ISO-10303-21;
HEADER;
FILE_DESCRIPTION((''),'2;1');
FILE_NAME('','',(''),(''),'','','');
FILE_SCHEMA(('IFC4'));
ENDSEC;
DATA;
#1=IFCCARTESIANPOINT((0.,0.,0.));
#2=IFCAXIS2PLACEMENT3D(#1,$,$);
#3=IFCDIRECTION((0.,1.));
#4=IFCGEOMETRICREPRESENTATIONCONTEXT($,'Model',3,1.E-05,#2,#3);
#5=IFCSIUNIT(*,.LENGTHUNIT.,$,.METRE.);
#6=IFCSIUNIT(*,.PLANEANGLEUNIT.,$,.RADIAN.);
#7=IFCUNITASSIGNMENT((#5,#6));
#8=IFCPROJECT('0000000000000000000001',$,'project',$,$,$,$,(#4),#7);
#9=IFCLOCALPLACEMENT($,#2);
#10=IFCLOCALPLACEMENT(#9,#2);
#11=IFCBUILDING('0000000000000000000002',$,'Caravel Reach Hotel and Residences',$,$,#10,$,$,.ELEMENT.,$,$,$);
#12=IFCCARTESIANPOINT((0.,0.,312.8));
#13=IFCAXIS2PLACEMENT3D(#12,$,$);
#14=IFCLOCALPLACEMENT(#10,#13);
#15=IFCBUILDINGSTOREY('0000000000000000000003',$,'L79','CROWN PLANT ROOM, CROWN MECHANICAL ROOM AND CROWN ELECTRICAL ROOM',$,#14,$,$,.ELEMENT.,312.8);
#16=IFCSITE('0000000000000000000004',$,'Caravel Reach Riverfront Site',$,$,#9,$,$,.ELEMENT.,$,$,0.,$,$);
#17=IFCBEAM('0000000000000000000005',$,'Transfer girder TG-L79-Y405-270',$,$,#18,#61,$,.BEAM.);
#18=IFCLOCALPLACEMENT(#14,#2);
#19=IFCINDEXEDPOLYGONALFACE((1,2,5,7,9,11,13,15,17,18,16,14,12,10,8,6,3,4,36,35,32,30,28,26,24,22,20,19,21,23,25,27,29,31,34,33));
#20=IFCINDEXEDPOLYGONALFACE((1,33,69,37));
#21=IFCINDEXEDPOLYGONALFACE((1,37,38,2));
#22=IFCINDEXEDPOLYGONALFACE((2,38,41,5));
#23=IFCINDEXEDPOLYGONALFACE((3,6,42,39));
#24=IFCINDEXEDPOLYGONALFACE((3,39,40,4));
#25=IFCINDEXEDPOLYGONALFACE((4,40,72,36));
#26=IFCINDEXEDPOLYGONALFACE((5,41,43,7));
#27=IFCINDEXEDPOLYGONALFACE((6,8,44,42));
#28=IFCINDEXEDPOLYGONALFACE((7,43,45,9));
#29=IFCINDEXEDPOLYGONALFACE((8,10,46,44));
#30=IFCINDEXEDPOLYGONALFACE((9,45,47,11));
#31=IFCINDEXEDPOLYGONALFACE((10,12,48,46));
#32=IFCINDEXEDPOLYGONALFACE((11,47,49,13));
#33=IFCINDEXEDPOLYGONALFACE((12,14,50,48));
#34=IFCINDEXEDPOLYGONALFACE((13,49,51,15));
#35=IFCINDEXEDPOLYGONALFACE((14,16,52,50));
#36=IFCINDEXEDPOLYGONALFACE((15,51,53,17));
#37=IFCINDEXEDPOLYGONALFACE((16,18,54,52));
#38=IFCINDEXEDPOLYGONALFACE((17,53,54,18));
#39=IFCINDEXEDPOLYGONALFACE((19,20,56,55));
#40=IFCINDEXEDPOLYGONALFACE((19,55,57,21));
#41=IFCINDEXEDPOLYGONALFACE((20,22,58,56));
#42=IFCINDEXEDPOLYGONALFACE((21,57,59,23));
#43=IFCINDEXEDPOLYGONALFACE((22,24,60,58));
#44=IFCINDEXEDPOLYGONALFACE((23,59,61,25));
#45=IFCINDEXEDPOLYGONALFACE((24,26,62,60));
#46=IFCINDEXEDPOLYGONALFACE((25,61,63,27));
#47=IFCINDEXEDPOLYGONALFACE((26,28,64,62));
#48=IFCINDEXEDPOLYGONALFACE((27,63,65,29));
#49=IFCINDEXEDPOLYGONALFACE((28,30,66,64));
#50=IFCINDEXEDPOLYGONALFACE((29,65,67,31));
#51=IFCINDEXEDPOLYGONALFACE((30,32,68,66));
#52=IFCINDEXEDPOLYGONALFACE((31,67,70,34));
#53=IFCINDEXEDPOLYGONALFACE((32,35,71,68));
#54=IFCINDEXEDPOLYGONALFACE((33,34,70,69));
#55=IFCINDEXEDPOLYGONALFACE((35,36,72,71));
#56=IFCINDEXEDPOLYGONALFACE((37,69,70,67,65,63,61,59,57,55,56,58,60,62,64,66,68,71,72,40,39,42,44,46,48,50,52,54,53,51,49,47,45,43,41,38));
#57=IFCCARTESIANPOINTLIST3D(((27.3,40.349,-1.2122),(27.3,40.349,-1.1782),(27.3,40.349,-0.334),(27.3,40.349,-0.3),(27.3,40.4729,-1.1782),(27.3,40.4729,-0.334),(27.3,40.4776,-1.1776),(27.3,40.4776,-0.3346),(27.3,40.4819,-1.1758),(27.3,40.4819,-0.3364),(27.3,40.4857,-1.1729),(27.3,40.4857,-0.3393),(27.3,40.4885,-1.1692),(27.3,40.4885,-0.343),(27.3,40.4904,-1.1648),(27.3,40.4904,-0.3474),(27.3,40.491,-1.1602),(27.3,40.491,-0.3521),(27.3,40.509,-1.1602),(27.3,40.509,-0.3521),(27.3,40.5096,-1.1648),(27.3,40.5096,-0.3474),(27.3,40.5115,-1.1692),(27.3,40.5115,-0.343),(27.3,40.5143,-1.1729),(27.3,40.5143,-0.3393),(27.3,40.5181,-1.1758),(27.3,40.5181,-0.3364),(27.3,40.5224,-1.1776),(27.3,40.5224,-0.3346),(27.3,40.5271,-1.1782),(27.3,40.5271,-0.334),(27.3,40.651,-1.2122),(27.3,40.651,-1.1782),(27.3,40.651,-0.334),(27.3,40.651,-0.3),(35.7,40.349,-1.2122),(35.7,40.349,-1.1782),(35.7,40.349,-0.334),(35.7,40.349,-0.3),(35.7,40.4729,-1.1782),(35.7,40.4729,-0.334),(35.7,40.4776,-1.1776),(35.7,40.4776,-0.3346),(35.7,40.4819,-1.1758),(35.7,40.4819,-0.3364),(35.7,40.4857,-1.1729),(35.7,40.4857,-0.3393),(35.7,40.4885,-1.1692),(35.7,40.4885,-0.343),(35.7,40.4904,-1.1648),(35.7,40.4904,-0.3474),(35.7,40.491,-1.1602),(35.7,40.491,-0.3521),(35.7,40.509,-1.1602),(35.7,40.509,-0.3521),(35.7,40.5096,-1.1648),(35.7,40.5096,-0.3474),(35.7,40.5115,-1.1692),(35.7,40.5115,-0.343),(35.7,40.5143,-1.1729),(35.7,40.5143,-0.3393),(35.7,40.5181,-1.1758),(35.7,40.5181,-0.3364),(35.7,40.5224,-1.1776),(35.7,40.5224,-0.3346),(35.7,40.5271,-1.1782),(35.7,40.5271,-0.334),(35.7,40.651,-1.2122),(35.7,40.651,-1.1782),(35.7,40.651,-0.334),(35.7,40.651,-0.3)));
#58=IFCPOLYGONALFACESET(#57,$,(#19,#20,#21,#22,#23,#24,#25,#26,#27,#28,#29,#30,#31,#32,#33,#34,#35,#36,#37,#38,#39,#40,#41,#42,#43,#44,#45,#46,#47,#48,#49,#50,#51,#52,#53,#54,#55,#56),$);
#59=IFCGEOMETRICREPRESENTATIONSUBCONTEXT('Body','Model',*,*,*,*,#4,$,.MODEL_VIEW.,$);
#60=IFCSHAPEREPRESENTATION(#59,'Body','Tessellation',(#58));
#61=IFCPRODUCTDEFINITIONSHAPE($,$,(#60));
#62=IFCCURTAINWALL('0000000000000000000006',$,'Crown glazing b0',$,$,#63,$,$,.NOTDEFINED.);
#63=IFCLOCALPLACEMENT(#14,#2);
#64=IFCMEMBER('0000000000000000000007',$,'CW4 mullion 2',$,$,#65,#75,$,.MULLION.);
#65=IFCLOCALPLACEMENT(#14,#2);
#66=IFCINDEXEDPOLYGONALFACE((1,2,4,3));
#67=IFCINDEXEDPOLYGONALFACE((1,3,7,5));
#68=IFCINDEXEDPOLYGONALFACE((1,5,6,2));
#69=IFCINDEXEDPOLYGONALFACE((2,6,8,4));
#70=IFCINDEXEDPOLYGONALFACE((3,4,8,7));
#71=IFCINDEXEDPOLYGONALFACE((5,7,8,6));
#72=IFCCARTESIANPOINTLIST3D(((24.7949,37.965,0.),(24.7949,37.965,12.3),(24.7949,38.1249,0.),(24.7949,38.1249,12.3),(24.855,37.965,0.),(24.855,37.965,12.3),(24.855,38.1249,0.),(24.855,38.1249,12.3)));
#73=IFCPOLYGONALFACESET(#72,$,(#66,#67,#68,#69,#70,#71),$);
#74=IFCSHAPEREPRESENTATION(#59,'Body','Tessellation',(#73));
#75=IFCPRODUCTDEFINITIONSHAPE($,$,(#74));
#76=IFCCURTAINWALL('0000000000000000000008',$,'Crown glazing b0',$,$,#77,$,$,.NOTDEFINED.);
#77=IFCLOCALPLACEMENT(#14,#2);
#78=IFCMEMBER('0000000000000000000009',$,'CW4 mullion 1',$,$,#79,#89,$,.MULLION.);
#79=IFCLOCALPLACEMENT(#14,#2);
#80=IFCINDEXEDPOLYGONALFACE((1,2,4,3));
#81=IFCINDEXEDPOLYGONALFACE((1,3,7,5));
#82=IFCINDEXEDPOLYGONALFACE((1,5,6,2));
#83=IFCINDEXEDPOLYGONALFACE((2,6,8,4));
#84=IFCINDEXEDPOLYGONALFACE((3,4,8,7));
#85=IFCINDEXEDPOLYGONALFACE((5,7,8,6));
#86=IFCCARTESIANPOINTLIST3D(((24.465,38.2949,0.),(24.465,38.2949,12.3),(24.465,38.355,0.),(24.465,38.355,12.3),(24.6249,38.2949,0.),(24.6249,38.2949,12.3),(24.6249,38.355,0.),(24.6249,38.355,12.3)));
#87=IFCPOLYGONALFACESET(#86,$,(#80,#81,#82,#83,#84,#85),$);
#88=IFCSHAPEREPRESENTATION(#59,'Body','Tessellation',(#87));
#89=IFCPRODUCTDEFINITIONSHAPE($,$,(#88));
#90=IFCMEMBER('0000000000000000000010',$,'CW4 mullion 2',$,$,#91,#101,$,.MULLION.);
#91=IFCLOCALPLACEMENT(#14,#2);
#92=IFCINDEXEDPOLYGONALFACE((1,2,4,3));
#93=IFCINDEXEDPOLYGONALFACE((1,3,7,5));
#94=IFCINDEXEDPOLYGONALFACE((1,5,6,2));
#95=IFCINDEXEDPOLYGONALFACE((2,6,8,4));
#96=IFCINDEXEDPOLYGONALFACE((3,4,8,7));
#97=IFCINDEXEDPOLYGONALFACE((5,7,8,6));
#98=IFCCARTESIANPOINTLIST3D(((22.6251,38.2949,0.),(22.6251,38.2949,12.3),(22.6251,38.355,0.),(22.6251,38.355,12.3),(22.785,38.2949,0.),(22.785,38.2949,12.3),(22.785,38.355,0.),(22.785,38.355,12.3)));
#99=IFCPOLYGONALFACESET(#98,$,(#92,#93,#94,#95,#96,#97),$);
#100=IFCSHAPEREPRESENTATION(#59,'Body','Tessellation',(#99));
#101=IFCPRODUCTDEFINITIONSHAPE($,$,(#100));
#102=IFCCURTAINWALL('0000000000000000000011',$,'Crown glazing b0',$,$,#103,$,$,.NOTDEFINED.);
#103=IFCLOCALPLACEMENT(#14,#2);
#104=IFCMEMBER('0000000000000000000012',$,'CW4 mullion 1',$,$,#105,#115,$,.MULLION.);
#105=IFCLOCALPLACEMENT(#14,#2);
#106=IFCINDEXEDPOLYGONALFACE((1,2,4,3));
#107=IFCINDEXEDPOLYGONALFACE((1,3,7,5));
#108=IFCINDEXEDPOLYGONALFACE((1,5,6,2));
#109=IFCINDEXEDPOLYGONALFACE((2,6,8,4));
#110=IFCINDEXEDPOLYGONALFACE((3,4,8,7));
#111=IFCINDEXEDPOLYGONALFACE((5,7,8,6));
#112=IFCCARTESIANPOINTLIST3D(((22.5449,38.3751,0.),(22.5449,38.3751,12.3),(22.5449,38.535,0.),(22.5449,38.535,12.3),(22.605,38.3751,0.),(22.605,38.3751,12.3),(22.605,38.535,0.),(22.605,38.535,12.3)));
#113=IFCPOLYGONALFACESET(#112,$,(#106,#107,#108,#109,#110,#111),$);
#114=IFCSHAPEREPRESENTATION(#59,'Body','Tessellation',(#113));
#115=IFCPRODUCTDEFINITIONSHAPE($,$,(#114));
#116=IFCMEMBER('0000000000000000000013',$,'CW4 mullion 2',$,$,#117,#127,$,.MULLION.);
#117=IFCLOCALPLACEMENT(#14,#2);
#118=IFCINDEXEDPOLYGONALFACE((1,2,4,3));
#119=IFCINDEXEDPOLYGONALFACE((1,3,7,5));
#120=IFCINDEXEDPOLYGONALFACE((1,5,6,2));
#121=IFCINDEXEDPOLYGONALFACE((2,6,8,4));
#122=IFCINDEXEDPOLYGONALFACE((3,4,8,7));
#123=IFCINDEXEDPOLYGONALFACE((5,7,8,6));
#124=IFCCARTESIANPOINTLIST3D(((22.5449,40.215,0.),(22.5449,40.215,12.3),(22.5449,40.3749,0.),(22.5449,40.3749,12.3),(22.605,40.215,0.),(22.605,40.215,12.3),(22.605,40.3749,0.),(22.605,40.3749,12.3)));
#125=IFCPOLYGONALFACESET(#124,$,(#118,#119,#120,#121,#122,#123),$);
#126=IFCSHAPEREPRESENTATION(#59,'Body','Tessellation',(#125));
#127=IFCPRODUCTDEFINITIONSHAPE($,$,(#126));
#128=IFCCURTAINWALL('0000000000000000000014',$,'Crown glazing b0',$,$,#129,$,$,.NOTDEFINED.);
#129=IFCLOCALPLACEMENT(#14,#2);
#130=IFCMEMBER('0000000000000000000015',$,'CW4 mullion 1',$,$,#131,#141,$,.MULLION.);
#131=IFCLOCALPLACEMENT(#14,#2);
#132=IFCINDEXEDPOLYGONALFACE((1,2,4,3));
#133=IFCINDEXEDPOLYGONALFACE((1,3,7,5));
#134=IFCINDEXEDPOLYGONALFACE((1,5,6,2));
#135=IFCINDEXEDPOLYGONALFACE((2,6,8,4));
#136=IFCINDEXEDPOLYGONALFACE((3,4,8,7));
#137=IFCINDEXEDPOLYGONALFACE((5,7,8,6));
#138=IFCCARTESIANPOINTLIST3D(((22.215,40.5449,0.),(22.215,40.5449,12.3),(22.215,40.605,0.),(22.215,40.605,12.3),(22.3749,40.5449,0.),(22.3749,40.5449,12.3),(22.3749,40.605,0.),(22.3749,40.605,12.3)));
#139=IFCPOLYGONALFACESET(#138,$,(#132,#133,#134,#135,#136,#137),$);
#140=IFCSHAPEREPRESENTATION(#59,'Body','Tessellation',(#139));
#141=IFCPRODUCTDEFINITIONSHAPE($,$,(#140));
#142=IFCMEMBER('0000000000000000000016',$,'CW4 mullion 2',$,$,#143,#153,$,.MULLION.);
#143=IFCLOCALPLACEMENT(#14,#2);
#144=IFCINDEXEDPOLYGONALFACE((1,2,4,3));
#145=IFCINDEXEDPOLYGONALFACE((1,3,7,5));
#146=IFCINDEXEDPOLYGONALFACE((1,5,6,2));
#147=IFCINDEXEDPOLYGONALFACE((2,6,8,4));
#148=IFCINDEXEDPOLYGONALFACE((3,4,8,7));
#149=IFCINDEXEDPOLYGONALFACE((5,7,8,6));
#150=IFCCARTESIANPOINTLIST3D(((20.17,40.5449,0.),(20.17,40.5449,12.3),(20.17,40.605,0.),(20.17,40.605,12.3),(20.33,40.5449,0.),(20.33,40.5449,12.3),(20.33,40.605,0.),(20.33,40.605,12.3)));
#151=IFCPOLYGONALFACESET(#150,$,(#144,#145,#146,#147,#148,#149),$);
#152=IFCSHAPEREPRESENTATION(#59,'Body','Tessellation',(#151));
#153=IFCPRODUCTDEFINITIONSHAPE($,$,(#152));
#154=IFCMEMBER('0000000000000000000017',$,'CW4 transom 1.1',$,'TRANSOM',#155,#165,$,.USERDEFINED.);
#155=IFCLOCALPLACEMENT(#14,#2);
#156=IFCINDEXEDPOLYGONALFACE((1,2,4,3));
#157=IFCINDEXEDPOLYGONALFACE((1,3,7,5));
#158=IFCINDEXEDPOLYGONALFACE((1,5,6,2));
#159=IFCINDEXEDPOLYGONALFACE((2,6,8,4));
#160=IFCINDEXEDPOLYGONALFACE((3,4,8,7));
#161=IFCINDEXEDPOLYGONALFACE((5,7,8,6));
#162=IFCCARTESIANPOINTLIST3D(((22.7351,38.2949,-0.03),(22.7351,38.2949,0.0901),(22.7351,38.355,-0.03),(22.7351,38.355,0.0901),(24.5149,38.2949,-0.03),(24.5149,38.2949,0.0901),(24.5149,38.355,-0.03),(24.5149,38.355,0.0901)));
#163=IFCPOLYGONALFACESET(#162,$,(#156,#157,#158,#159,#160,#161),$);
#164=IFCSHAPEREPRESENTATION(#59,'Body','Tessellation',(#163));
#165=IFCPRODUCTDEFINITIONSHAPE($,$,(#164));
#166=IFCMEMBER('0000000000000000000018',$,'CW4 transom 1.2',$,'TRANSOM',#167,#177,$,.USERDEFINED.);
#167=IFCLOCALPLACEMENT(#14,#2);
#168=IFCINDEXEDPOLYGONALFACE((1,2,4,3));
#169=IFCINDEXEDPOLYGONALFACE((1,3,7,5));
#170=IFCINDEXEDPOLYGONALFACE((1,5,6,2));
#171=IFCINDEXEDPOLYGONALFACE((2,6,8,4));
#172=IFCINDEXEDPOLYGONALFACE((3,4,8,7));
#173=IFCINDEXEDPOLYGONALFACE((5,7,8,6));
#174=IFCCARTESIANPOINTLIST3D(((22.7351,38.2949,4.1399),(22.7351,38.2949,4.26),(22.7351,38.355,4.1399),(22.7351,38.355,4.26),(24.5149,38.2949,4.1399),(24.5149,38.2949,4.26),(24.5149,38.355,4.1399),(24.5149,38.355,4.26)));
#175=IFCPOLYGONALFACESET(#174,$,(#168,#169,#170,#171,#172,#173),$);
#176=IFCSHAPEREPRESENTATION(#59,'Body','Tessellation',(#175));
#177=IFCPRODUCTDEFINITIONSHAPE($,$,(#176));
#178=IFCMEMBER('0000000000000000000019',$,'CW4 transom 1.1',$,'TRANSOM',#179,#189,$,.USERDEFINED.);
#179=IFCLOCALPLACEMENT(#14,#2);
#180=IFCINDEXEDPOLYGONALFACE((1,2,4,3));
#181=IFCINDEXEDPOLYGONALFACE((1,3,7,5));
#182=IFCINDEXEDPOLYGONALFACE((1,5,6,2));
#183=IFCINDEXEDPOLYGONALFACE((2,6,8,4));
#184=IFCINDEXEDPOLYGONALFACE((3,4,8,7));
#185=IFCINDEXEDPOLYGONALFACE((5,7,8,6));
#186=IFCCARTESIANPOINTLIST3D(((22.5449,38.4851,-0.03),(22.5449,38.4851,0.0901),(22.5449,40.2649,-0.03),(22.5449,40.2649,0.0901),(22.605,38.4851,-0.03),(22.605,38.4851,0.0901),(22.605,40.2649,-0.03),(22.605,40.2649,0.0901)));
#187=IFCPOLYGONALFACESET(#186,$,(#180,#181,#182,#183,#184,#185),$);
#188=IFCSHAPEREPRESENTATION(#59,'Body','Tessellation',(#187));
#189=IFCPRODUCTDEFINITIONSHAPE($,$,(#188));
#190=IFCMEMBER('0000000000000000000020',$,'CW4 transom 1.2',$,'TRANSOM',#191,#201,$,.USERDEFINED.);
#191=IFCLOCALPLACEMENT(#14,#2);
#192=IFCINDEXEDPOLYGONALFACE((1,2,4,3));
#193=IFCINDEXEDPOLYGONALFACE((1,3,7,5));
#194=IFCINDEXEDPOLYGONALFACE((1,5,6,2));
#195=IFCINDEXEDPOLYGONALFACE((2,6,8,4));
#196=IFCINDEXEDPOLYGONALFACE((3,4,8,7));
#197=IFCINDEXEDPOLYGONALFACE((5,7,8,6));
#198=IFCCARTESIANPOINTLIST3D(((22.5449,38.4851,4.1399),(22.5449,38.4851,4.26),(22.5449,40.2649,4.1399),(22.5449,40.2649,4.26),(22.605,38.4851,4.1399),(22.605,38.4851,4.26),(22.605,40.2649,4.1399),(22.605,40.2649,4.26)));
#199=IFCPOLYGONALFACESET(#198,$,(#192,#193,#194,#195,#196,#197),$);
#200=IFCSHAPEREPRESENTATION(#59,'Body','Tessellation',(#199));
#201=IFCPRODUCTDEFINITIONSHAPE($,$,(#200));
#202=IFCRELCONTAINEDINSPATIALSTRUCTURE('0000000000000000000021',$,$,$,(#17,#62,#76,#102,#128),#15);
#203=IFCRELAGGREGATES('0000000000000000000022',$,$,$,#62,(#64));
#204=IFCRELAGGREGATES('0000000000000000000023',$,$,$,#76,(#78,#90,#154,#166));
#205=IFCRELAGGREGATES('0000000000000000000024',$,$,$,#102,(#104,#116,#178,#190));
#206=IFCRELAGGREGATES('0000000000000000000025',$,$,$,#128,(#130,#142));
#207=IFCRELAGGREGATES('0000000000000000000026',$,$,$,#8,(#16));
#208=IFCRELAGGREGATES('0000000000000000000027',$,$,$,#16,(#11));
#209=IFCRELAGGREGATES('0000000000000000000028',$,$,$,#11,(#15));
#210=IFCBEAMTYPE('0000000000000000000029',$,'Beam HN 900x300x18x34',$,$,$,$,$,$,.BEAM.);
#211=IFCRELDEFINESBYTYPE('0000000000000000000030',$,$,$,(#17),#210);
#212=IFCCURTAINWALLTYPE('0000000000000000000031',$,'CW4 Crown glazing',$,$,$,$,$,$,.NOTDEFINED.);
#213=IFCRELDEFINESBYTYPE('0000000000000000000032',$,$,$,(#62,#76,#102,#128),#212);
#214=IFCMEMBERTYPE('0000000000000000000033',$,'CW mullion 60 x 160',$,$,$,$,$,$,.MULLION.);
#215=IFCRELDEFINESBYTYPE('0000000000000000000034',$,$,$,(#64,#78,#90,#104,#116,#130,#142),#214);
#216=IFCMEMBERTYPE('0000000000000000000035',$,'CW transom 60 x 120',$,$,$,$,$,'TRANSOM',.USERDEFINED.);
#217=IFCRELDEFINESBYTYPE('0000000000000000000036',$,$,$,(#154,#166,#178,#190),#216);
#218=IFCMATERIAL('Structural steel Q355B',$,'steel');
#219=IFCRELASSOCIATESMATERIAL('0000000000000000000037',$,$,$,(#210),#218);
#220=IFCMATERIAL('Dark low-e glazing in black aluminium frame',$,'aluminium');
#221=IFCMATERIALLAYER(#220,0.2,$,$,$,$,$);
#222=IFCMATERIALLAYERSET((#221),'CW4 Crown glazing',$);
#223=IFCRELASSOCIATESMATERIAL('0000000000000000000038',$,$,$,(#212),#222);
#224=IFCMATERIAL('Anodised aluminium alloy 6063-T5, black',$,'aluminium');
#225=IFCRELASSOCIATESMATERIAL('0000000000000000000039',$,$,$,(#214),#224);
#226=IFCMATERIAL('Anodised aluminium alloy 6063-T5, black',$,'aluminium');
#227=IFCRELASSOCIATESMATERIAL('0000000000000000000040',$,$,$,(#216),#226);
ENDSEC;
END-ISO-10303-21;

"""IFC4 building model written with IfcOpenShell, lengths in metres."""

from ifc_helpers import new_model, si_unit, direction, frame, origin, origin_2d, place, context, subcontext, project, spatial, rectangle, i_section, extrude, material, layer, layer_set, material_profile, profile_set, type_object, element, aggregate, save


model = new_model("IFC4")

# Units and contexts
model_context = context("Model", 3, precision=1e-05, world=origin(), true_north=direction((0.0, 1.0)))
body_context = subcontext(model_context, "Body", "Model", "MODEL_VIEW")
ifc_project = project(units=[si_unit("LENGTHUNIT", "METRE"), si_unit("PLANEANGLEUNIT", "RADIAN")], contexts=[model_context])

# Site, building, storey
site_placement = place(None, origin())
site = spatial("IfcSite", under=ifc_project, at=site_placement, Name="Caravel Reach Riverfront Site", CompositionType="ELEMENT", RefElevation=0.0)
building_placement = place(site_placement, origin())
building = spatial("IfcBuilding", under=site, at=building_placement, Name="Caravel Reach Hotel and Residences", CompositionType="ELEMENT")
storey_placement = place(building_placement, frame((0.0, 0.0, 312.8)))
storey = spatial("IfcBuildingStorey", under=building, at=storey_placement, Name="L79", Description="CROWN PLANT ROOM, CROWN MECHANICAL ROOM AND CROWN ELECTRICAL ROOM", CompositionType="ELEMENT", Elevation=312.8)

# Beam
ifc_material_1 = material(Name="Structural steel Q355B", Category="steel")
ifc_material_profile_1 = material_profile(ifc_material_1, i_section(OverallWidth=0.302, OverallDepth=0.9121, WebThickness=0.0181, FlangeThickness=0.0339, FilletRadius=0.0181, at=origin_2d()), Name="HN 900x300x18x34")
ifc_profile_set_1 = profile_set([ifc_material_profile_1], Name="Structural steel Q355B")
beam_type = type_object("IfcBeamType", Name="Beam HN 900x300x18x34", PredefinedType="BEAM", material=ifc_profile_set_1)
beam_1_placement = place(storey_placement, frame((27.3, 40.5, -0.7561), z_axis=(1.0, 0.0, 0.0), x_axis=(0.0, 1.0, 0.0)))
element("IfcBeam", 1, at=beam_1_placement, inside=storey, type_object=beam_type, Name="Transfer girder TG-L79-Y405-270", PredefinedType="BEAM", context=body_context, shape_type="SweptSolid", body=[
    extrude(i_section(OverallWidth=0.302, OverallDepth=0.9121, WebThickness=0.0181, FlangeThickness=0.0339, FilletRadius=0.0181, at=origin_2d()), origin(), (0.0, 0.0, 1.0), 8.3999),
])

# Curtain wall, member
ifc_material_2 = material(Name="Dark low-e glazing in black aluminium frame", Category="aluminium")
ifc_layer_1 = layer(ifc_material_2, 0.2)
ifc_layer_set_1 = layer_set([ifc_layer_1], Name="CW4 Crown glazing")
curtain_wall_type = type_object("IfcCurtainWallType", Name="CW4 Crown glazing", PredefinedType="NOTDEFINED", material=ifc_layer_set_1)
curtain_wall_1_placement = place(storey_placement, origin())
curtain_wall_1 = element("IfcCurtainWall", 2, at=curtain_wall_1_placement, inside=storey, type_object=curtain_wall_type, Name="Crown glazing b0", PredefinedType="NOTDEFINED")
ifc_material_3 = material(Name="Anodised aluminium alloy 6063-T5, black", Category="aluminium")
ifc_material_profile_2 = material_profile(ifc_material_3, rectangle(XDim=0.0601, YDim=0.1599, at=origin_2d()), Name="CW mullion 60 x 160")
ifc_profile_set_2 = profile_set([ifc_material_profile_2], Name="Anodised aluminium alloy 6063-T5, black")
member_type_1 = type_object("IfcMemberType", Name="CW mullion 60 x 160", PredefinedType="MULLION", material=ifc_profile_set_2)
member_1_placement = place(storey_placement, frame((24.825, 38.0449, 0.0), z_axis=(0.0, 0.0, 1.0), x_axis=(-1.0, 0.0, 0.0)))
member_1 = element("IfcMember", 3, at=member_1_placement, type_object=member_type_1, Name="CW4 mullion 2", PredefinedType="MULLION", context=body_context, shape_type="SweptSolid", body=[
    extrude(rectangle(XDim=0.0601, YDim=0.1599, at=origin_2d()), origin(), (0.0, 0.0, 1.0), 12.3),
])
aggregate(curtain_wall_1, [member_1])

# Curtain walls, members
curtain_wall_2_placement = place(storey_placement, origin())
curtain_wall_2 = element("IfcCurtainWall", 4, at=curtain_wall_2_placement, inside=storey, type_object=curtain_wall_type, Name="Crown glazing b0", PredefinedType="NOTDEFINED")
member_2_placement = place(storey_placement, frame((24.5449, 38.325, 0.0), z_axis=(0.0, 0.0, 1.0), x_axis=(0.0, -1.0, 0.0)))
member_2 = element("IfcMember", 5, at=member_2_placement, type_object=member_type_1, Name="CW4 mullion 1", PredefinedType="MULLION", context=body_context, shape_type="SweptSolid", body=[
    extrude(rectangle(XDim=0.0601, YDim=0.1599, at=origin_2d()), origin(), (0.0, 0.0, 1.0), 12.3),
])
member_3_placement = place(storey_placement, frame((22.7051, 38.325, 0.0), z_axis=(0.0, 0.0, 1.0), x_axis=(0.0, -1.0, 0.0)))
member_3 = element("IfcMember", 6, at=member_3_placement, type_object=member_type_1, Name="CW4 mullion 2", PredefinedType="MULLION", context=body_context, shape_type="SweptSolid", body=[
    extrude(rectangle(XDim=0.0601, YDim=0.1599, at=origin_2d()), origin(), (0.0, 0.0, 1.0), 12.3),
])
curtain_wall_3_placement = place(storey_placement, origin())
curtain_wall_3 = element("IfcCurtainWall", 7, at=curtain_wall_3_placement, inside=storey, type_object=curtain_wall_type, Name="Crown glazing b0", PredefinedType="NOTDEFINED")
member_4_placement = place(storey_placement, frame((22.575, 38.4551, 0.0), z_axis=(0.0, 0.0, 1.0), x_axis=(-1.0, 0.0, 0.0)))
member_4 = element("IfcMember", 8, at=member_4_placement, type_object=member_type_1, Name="CW4 mullion 1", PredefinedType="MULLION", context=body_context, shape_type="SweptSolid", body=[
    extrude(rectangle(XDim=0.0601, YDim=0.1599, at=origin_2d()), origin(), (0.0, 0.0, 1.0), 12.3),
])
member_5_placement = place(storey_placement, frame((22.575, 40.2949, 0.0), z_axis=(0.0, 0.0, 1.0), x_axis=(-1.0, 0.0, 0.0)))
member_5 = element("IfcMember", 9, at=member_5_placement, type_object=member_type_1, Name="CW4 mullion 2", PredefinedType="MULLION", context=body_context, shape_type="SweptSolid", body=[
    extrude(rectangle(XDim=0.0601, YDim=0.1599, at=origin_2d()), origin(), (0.0, 0.0, 1.0), 12.3),
])
curtain_wall_4_placement = place(storey_placement, origin())
curtain_wall_4 = element("IfcCurtainWall", 10, at=curtain_wall_4_placement, inside=storey, type_object=curtain_wall_type, Name="Crown glazing b0", PredefinedType="NOTDEFINED")
member_6_placement = place(storey_placement, frame((22.2949, 40.575, 0.0), z_axis=(0.0, 0.0, 1.0), x_axis=(0.0, -1.0, 0.0)))
member_6 = element("IfcMember", 11, at=member_6_placement, type_object=member_type_1, Name="CW4 mullion 1", PredefinedType="MULLION", context=body_context, shape_type="SweptSolid", body=[
    extrude(rectangle(XDim=0.0601, YDim=0.1599, at=origin_2d()), origin(), (0.0, 0.0, 1.0), 12.3),
])
member_7_placement = place(storey_placement, frame((20.25, 40.575, 0.0), z_axis=(0.0, 0.0, 1.0), x_axis=(0.0, -1.0, 0.0)))
member_7 = element("IfcMember", 12, at=member_7_placement, type_object=member_type_1, Name="CW4 mullion 2", PredefinedType="MULLION", context=body_context, shape_type="SweptSolid", body=[
    extrude(rectangle(XDim=0.0601, YDim=0.1599, at=origin_2d()), origin(), (0.0, 0.0, 1.0), 12.3),
])

# Members
ifc_material_4 = material(Name="Anodised aluminium alloy 6063-T5, black", Category="aluminium")
ifc_material_profile_3 = material_profile(ifc_material_4, rectangle(XDim=0.0601, YDim=0.1201, at=origin_2d()), Name="CW transom 60 x 120")
ifc_profile_set_3 = profile_set([ifc_material_profile_3], Name="Anodised aluminium alloy 6063-T5, black")
member_type_2 = type_object("IfcMemberType", Name="CW transom 60 x 120", ElementType="TRANSOM", PredefinedType="USERDEFINED", material=ifc_profile_set_3)
member_8_placement = place(storey_placement, frame((24.5149, 38.325, 0.03), z_axis=(-1.0, 0.0, 0.0), x_axis=(0.0, -1.0, 0.0)))
member_8 = element("IfcMember", 13, at=member_8_placement, type_object=member_type_2, Name="CW4 transom 1.1", ObjectType="TRANSOM", PredefinedType="USERDEFINED", context=body_context, shape_type="SweptSolid", body=[
    extrude(rectangle(XDim=0.0601, YDim=0.1201, at=origin_2d()), origin(), (0.0, 0.0, 1.0), 1.7798),
])
member_9_placement = place(storey_placement, frame((24.5149, 38.325, 4.2), z_axis=(-1.0, 0.0, 0.0), x_axis=(0.0, -1.0, 0.0)))
member_9 = element("IfcMember", 14, at=member_9_placement, type_object=member_type_2, Name="CW4 transom 1.2", ObjectType="TRANSOM", PredefinedType="USERDEFINED", context=body_context, shape_type="SweptSolid", body=[
    extrude(rectangle(XDim=0.0601, YDim=0.1201, at=origin_2d()), origin(), (0.0, 0.0, 1.0), 1.7798),
])
member_10_placement = place(storey_placement, frame((22.575, 38.4851, 0.03), z_axis=(0.0, 1.0, 0.0), x_axis=(-1.0, 0.0, 0.0)))
member_10 = element("IfcMember", 15, at=member_10_placement, type_object=member_type_2, Name="CW4 transom 1.1", ObjectType="TRANSOM", PredefinedType="USERDEFINED", context=body_context, shape_type="SweptSolid", body=[
    extrude(rectangle(XDim=0.0601, YDim=0.1201, at=origin_2d()), origin(), (0.0, 0.0, 1.0), 1.7798),
])
member_11_placement = place(storey_placement, frame((22.575, 38.4851, 4.2), z_axis=(0.0, 1.0, 0.0), x_axis=(-1.0, 0.0, 0.0)))
member_11 = element("IfcMember", 16, at=member_11_placement, type_object=member_type_2, Name="CW4 transom 1.2", ObjectType="TRANSOM", PredefinedType="USERDEFINED", context=body_context, shape_type="SweptSolid", body=[
    extrude(rectangle(XDim=0.0601, YDim=0.1201, at=origin_2d()), origin(), (0.0, 0.0, 1.0), 1.7798),
])

aggregate(curtain_wall_2, [member_2, member_3, member_8, member_9])
aggregate(curtain_wall_3, [member_4, member_5, member_10, member_11])
aggregate(curtain_wall_4, [member_6, member_7])

save(model, "model.ifc")
